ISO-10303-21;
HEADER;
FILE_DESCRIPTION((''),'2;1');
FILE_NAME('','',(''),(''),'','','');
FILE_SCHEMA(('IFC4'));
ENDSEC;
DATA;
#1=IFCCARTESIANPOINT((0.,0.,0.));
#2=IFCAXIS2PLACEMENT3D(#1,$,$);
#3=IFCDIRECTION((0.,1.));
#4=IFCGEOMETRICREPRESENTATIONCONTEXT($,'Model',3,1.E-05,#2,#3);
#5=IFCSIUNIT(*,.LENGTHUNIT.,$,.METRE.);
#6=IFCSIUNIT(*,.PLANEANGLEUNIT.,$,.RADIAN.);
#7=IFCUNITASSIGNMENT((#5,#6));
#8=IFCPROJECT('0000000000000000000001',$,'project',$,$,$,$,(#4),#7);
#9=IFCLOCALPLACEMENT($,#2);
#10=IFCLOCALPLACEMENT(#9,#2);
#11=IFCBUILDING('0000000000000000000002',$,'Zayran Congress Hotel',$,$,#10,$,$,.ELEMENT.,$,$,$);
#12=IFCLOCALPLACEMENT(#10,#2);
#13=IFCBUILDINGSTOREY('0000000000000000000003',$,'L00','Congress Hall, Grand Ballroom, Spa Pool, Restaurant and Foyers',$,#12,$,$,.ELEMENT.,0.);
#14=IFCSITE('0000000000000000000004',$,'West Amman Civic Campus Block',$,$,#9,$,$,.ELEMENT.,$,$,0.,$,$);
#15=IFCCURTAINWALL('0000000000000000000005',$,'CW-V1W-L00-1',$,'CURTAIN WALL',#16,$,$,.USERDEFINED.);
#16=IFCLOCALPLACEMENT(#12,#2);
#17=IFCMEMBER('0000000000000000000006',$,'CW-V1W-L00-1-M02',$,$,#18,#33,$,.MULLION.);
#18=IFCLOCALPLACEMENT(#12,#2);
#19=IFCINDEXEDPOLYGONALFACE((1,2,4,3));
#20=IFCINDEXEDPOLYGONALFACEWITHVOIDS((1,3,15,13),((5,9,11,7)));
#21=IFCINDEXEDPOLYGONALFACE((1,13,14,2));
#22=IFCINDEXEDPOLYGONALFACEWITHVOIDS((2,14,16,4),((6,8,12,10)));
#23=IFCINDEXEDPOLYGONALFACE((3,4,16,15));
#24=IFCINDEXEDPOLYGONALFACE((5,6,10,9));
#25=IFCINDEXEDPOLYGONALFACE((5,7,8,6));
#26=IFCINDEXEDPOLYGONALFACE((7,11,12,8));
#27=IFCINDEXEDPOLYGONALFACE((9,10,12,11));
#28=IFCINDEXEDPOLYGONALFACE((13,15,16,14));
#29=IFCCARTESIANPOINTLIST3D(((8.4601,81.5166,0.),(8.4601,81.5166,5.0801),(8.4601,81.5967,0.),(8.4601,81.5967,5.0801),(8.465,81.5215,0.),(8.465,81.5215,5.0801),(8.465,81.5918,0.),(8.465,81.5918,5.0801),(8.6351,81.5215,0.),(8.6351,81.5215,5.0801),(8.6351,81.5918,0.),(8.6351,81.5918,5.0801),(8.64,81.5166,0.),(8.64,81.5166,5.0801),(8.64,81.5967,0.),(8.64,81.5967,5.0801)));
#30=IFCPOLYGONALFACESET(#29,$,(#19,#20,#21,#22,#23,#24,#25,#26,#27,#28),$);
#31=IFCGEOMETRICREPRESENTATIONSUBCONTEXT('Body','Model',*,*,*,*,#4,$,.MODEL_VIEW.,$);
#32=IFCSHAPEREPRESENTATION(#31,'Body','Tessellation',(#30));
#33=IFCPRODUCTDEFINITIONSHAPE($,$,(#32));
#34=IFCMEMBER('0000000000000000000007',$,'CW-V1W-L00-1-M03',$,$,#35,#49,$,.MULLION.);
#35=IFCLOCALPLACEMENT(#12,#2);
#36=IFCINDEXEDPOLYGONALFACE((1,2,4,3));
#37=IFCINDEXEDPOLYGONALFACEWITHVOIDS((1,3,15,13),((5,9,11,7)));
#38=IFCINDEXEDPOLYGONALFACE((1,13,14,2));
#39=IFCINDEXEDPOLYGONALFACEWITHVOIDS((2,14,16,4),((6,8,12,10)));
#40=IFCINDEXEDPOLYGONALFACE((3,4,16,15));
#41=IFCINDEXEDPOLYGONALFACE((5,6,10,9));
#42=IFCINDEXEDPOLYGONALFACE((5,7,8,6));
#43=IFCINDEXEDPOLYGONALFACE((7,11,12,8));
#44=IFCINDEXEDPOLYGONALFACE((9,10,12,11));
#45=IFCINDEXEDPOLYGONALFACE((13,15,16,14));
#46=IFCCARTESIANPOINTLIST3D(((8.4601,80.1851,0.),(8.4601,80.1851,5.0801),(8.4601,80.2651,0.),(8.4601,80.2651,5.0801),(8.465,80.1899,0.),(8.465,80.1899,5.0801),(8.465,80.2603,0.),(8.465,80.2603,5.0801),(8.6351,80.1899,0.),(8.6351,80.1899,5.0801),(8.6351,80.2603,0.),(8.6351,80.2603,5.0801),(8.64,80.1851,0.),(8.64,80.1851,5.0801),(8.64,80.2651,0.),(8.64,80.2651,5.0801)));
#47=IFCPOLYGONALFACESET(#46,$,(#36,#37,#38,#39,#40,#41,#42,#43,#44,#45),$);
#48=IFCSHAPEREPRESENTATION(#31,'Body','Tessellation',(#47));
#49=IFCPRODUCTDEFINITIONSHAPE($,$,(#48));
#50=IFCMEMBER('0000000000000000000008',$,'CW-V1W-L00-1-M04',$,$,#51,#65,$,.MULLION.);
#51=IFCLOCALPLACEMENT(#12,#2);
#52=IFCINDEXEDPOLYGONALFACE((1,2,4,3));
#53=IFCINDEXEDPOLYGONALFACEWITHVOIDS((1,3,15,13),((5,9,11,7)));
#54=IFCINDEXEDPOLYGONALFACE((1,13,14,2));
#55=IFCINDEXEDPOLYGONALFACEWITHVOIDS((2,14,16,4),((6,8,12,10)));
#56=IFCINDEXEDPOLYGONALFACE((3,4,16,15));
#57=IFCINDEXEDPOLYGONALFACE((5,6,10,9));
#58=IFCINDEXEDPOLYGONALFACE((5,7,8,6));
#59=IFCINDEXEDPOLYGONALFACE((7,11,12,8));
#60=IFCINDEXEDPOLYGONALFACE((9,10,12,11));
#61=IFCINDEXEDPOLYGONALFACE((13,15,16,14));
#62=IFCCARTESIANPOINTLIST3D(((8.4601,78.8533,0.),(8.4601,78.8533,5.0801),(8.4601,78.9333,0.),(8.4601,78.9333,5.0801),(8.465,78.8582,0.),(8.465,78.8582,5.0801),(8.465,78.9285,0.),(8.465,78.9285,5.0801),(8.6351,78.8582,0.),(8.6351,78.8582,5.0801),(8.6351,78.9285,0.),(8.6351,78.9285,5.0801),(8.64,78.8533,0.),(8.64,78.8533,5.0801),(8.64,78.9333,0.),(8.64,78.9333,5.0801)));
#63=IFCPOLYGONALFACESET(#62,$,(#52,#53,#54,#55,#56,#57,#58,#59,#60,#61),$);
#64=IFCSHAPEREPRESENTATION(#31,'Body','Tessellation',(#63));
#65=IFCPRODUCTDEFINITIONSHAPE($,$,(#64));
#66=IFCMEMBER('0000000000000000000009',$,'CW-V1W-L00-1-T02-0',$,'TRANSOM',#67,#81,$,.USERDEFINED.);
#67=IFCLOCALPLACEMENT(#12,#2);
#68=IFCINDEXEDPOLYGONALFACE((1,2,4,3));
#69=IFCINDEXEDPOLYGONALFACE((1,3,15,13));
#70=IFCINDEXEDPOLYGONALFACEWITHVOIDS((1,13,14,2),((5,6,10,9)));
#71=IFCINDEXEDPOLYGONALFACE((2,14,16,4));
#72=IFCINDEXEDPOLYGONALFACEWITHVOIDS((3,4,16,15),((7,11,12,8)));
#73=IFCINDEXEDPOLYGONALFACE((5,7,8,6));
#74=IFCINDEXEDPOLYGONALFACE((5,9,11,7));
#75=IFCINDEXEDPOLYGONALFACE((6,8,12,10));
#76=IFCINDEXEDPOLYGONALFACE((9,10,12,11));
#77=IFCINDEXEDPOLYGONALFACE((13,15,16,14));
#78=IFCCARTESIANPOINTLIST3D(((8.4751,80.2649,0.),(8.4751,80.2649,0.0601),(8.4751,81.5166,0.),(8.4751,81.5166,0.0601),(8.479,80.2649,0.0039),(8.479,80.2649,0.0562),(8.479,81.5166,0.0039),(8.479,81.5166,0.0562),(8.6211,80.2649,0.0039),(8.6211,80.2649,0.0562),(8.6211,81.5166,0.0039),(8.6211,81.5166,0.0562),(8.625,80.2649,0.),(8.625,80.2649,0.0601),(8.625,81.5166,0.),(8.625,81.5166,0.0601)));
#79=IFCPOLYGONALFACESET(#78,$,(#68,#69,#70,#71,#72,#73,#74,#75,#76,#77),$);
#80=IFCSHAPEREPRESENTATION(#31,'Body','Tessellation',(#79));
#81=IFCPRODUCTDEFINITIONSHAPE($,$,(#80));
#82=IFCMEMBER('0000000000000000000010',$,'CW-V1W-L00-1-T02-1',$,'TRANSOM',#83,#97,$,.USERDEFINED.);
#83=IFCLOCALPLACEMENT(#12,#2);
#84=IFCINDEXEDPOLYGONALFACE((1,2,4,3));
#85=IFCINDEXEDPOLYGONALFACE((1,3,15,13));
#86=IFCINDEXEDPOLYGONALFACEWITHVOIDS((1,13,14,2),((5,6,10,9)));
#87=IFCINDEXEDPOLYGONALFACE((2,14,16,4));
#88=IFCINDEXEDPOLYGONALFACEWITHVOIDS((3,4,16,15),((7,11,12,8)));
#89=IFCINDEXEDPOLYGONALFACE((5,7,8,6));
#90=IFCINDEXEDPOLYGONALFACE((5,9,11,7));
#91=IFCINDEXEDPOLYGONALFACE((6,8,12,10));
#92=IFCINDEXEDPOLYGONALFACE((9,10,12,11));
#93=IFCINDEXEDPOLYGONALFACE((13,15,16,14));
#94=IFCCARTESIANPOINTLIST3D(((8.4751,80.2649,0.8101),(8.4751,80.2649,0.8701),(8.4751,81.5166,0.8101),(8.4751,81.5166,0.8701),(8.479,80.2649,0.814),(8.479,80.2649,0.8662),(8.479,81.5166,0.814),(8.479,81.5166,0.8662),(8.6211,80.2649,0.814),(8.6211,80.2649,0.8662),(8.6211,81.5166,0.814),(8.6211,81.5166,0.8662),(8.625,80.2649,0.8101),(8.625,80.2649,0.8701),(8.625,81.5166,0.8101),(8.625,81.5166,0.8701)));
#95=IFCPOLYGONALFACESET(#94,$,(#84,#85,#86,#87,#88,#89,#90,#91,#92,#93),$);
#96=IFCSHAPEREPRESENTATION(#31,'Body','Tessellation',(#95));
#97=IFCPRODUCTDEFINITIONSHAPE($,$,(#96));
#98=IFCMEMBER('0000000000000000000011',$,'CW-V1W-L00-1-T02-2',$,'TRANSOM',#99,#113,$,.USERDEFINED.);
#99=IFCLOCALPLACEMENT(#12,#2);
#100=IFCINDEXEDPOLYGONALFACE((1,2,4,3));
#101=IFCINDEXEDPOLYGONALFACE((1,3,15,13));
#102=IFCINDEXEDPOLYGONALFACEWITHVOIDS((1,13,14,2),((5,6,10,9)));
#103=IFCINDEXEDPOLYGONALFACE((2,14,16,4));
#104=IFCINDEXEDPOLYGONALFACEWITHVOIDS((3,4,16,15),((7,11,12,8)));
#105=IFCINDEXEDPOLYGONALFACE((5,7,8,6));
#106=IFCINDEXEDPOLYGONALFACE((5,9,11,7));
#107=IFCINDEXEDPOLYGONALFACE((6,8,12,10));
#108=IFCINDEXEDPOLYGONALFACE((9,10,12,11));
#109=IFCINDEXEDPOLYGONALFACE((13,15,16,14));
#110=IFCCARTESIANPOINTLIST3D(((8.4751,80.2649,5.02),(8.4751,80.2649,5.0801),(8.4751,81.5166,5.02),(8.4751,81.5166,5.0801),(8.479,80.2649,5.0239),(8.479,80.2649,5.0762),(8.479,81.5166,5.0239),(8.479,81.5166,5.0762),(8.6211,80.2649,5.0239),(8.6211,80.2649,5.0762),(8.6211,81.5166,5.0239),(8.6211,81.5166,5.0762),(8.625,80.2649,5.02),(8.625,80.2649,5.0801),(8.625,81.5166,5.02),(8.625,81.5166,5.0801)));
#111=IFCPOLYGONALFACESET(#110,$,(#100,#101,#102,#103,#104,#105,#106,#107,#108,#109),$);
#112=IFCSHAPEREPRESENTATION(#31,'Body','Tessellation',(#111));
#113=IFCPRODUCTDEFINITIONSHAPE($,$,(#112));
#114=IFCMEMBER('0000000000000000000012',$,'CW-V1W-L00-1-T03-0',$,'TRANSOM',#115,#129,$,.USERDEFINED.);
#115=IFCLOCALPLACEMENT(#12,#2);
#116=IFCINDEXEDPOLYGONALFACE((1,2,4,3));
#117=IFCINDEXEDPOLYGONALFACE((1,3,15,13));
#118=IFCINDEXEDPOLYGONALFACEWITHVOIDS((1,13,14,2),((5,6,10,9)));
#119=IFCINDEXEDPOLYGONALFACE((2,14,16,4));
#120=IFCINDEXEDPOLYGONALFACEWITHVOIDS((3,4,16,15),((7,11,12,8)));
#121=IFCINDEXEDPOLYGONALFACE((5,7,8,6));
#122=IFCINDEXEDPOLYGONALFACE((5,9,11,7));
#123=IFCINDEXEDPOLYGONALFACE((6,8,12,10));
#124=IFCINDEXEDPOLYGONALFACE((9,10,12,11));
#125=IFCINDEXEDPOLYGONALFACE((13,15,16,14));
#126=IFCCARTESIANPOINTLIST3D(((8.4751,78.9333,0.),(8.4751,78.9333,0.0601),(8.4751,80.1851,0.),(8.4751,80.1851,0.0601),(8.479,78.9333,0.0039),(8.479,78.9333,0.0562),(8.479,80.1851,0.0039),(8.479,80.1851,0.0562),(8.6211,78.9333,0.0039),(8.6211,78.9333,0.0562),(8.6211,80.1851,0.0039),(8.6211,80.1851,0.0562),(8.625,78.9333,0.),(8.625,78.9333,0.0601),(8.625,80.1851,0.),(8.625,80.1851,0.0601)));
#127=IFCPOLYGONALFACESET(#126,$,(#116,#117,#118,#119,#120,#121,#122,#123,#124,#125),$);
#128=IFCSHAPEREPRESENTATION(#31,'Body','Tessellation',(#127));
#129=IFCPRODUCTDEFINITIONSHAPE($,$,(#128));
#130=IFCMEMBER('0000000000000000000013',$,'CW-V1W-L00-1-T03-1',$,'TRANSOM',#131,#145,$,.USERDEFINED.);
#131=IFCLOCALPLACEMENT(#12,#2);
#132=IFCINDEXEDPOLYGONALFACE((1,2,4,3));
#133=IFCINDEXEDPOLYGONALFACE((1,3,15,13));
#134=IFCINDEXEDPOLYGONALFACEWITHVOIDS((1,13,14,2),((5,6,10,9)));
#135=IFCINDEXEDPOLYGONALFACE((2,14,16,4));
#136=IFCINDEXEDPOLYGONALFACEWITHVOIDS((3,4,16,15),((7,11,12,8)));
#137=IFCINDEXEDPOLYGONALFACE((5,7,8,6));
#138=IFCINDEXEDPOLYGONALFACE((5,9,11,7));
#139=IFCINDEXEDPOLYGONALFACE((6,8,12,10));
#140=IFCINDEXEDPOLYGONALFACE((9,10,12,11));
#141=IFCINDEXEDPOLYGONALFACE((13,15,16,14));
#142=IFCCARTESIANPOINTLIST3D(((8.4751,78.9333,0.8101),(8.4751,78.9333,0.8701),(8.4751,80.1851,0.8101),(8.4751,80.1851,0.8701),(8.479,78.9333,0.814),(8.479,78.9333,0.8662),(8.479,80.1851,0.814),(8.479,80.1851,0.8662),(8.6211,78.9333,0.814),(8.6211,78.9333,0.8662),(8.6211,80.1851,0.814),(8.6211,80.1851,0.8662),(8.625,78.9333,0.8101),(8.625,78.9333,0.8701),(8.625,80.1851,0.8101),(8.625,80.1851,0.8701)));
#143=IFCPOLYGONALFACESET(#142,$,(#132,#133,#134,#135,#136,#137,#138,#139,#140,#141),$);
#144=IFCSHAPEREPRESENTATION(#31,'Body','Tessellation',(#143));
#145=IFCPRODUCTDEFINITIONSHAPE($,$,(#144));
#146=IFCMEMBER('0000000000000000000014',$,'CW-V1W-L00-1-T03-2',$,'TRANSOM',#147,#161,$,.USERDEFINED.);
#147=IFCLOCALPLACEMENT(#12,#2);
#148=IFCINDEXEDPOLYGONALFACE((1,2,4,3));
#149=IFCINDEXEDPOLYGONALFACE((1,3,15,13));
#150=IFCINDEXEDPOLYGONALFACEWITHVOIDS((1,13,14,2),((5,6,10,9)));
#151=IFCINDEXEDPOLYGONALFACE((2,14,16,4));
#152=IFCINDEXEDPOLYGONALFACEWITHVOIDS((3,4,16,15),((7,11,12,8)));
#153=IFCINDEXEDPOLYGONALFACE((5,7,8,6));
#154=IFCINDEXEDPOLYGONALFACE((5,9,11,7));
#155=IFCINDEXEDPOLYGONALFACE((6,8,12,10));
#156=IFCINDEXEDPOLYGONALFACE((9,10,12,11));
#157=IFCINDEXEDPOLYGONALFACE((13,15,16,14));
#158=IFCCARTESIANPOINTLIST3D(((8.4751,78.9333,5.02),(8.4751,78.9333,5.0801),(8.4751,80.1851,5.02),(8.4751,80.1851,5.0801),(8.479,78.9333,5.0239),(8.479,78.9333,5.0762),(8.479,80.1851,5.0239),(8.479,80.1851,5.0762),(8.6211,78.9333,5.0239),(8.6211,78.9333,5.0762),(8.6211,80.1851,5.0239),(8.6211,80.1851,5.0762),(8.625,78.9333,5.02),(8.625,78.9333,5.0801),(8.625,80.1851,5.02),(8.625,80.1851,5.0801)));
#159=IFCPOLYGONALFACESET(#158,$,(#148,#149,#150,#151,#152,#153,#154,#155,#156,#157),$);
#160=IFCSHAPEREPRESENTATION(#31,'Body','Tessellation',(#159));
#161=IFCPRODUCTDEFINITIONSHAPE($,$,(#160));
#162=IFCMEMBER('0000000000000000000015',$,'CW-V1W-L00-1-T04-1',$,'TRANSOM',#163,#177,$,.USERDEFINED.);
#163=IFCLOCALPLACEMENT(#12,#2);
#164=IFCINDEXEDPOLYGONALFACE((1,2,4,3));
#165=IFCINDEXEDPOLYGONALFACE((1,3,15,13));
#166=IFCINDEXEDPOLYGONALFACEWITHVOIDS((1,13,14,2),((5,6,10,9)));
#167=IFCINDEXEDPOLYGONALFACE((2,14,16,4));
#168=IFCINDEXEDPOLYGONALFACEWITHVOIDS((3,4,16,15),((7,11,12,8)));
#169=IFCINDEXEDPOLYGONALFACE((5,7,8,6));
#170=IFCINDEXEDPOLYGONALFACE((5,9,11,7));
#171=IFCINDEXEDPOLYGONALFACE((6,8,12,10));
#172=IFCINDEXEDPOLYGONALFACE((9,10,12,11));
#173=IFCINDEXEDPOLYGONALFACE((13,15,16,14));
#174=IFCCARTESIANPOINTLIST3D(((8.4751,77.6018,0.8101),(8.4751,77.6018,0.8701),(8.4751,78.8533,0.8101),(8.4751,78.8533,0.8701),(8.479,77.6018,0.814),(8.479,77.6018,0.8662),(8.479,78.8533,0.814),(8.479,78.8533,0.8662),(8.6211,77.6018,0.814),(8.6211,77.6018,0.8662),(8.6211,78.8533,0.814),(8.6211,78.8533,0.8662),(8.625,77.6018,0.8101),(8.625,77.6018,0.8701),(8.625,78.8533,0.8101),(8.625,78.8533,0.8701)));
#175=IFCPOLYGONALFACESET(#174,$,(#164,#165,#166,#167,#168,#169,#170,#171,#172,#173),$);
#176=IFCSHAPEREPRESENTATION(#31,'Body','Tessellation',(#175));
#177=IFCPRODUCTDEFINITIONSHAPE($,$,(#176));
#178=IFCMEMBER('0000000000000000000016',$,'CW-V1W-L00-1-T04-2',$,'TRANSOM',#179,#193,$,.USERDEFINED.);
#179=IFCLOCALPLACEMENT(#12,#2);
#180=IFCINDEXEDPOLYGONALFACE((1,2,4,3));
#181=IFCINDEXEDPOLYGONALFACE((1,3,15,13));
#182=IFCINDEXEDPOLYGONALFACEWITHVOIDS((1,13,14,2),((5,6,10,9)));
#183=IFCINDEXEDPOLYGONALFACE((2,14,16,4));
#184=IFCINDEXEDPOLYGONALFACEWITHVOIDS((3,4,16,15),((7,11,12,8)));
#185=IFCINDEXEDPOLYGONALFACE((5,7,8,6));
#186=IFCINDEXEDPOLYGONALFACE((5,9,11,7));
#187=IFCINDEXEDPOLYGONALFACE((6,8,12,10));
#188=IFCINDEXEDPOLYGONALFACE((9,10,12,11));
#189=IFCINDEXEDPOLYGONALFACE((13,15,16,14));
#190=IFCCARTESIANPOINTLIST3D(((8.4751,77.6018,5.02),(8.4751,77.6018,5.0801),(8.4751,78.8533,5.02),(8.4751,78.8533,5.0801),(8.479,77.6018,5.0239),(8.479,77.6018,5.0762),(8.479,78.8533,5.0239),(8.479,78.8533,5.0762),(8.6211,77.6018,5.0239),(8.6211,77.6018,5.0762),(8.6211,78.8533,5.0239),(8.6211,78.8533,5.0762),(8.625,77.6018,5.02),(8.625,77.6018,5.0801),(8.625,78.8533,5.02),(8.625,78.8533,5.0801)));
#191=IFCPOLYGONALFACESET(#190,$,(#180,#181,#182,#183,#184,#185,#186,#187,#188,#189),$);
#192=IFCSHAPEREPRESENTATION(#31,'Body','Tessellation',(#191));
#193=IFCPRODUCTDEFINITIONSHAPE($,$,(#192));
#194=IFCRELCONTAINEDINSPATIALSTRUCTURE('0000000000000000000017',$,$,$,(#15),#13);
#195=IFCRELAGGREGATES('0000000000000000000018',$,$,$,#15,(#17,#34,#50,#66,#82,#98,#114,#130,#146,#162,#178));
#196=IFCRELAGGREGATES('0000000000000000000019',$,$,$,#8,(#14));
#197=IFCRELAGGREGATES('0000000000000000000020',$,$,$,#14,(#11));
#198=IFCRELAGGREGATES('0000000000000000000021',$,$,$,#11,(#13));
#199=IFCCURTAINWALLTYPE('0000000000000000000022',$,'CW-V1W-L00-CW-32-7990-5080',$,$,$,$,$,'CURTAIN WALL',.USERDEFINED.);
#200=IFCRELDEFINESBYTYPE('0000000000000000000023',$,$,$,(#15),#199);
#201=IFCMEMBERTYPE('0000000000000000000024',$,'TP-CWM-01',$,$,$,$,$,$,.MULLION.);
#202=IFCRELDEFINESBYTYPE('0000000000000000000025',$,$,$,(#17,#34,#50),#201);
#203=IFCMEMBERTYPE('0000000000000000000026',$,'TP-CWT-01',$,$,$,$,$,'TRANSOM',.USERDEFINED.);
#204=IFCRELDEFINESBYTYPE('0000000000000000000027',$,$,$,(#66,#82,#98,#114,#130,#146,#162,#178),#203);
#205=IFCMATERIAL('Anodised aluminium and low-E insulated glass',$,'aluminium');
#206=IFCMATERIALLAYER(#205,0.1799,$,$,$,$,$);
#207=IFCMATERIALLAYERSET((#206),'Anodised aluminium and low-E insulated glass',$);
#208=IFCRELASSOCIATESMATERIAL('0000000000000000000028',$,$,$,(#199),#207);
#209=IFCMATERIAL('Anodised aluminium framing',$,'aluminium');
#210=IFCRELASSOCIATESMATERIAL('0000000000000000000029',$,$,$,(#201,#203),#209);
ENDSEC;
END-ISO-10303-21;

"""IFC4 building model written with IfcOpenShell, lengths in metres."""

from ifc_helpers import new_model, si_unit, direction, frame, origin, origin_2d, place, context, subcontext, project, spatial, hollow_rectangle, extrude, material, layer, layer_set, material_profile, profile_set, type_object, element, aggregate, save


model = new_model("IFC4")

# Units and contexts
model_context = context("Model", 3, precision=1e-05, world=origin(), true_north=direction((0.0, 1.0)))
body_context = subcontext(model_context, "Body", "Model", "MODEL_VIEW")
ifc_project = project(units=[si_unit("LENGTHUNIT", "METRE"), si_unit("PLANEANGLEUNIT", "RADIAN")], contexts=[model_context])

# Site, building, storey
site_placement = place(None, origin())
site = spatial("IfcSite", under=ifc_project, at=site_placement, Name="West Amman Civic Campus Block", CompositionType="ELEMENT", RefElevation=0.0)
building_placement = place(site_placement, origin())
building = spatial("IfcBuilding", under=site, at=building_placement, Name="Zayran Congress Hotel", CompositionType="ELEMENT")
storey_placement = place(building_placement, origin())
storey = spatial("IfcBuildingStorey", under=building, at=storey_placement, Name="L00", Description="Congress Hall, Grand Ballroom, Spa Pool, Restaurant and Foyers", CompositionType="ELEMENT", Elevation=0.0)

# Curtain wall, members
ifc_material_1 = material(Name="Anodised aluminium and low-E insulated glass", Category="aluminium")
ifc_layer_1 = layer(ifc_material_1, 0.1799)
ifc_layer_set_1 = layer_set([ifc_layer_1], Name="Anodised aluminium and low-E insulated glass")
curtain_wall_type = type_object("IfcCurtainWallType", Name="CW-V1W-L00-CW-32-7990-5080", ElementType="CURTAIN WALL", PredefinedType="USERDEFINED", material=ifc_layer_set_1)
curtain_wall_placement = place(storey_placement, origin())
curtain_wall = element("IfcCurtainWall", 1, at=curtain_wall_placement, inside=storey, type_object=curtain_wall_type, Name="CW-V1W-L00-1", ObjectType="CURTAIN WALL", PredefinedType="USERDEFINED")
ifc_material_2 = material(Name="Anodised aluminium framing", Category="aluminium")
ifc_material_profile_1 = material_profile(ifc_material_2, hollow_rectangle(XDim=0.0801, YDim=0.1799, WallThickness=0.0049, at=origin_2d()), Name="RHS 180x80x5")
ifc_profile_set_1 = profile_set([ifc_material_profile_1], Name="Anodised aluminium framing")
member_type_1 = type_object("IfcMemberType", Name="TP-CWM-01", PredefinedType="MULLION", material=ifc_profile_set_1)
member_1_placement = place(storey_placement, frame((8.55, 81.5566, 0.0), z_axis=(0.0, 0.0, 1.0), x_axis=(0.0, 1.0, 0.0)))
member_1 = element("IfcMember", 2, at=member_1_placement, type_object=member_type_1, Name="CW-V1W-L00-1-M02", PredefinedType="MULLION", context=body_context, shape_type="SweptSolid", body=[
    extrude(hollow_rectangle(XDim=0.0801, YDim=0.1799, WallThickness=0.0049, at=origin_2d()), origin(), (0.0, 0.0, 1.0), 5.0801),
])
member_2_placement = place(storey_placement, frame((8.55, 80.2251, 0.0), z_axis=(0.0, 0.0, 1.0), x_axis=(0.0, 1.0, 0.0)))
member_2 = element("IfcMember", 3, at=member_2_placement, type_object=member_type_1, Name="CW-V1W-L00-1-M03", PredefinedType="MULLION", context=body_context, shape_type="SweptSolid", body=[
    extrude(hollow_rectangle(XDim=0.0801, YDim=0.1799, WallThickness=0.0049, at=origin_2d()), origin(), (0.0, 0.0, 1.0), 5.0801),
])
member_3_placement = place(storey_placement, frame((8.55, 78.8933, 0.0), z_axis=(0.0, 0.0, 1.0), x_axis=(0.0, 1.0, 0.0)))
member_3 = element("IfcMember", 4, at=member_3_placement, type_object=member_type_1, Name="CW-V1W-L00-1-M04", PredefinedType="MULLION", context=body_context, shape_type="SweptSolid", body=[
    extrude(hollow_rectangle(XDim=0.0801, YDim=0.1799, WallThickness=0.0049, at=origin_2d()), origin(), (0.0, 0.0, 1.0), 5.0801),
])
ifc_material_profile_2 = material_profile(ifc_material_2, hollow_rectangle(XDim=0.0601, YDim=0.1499, WallThickness=0.0039, at=origin_2d()), Name="RHS 150x60x4")
ifc_profile_set_2 = profile_set([ifc_material_profile_2], Name="Anodised aluminium framing")
member_type_2 = type_object("IfcMemberType", Name="TP-CWT-01", ElementType="TRANSOM", PredefinedType="USERDEFINED", material=ifc_profile_set_2)
member_4_placement = place(storey_placement, frame((8.55, 81.5166, 0.03), z_axis=(0.0, -1.0, 0.0), x_axis=(0.0, 0.0, 1.0)))
member_4 = element("IfcMember", 5, at=member_4_placement, type_object=member_type_2, Name="CW-V1W-L00-1-T02-0", ObjectType="TRANSOM", PredefinedType="USERDEFINED", context=body_context, shape_type="SweptSolid", body=[
    extrude(hollow_rectangle(XDim=0.0601, YDim=0.1499, WallThickness=0.0039, at=origin_2d()), origin(), (0.0, 0.0, 1.0), 1.2517),
])
member_5_placement = place(storey_placement, frame((8.55, 81.5166, 0.8401), z_axis=(0.0, -1.0, 0.0), x_axis=(0.0, 0.0, 1.0)))
member_5 = element("IfcMember", 6, at=member_5_placement, type_object=member_type_2, Name="CW-V1W-L00-1-T02-1", ObjectType="TRANSOM", PredefinedType="USERDEFINED", context=body_context, shape_type="SweptSolid", body=[
    extrude(hollow_rectangle(XDim=0.0601, YDim=0.1499, WallThickness=0.0039, at=origin_2d()), origin(), (0.0, 0.0, 1.0), 1.2517),
])
member_6_placement = place(storey_placement, frame((8.55, 81.5166, 5.05), z_axis=(0.0, -1.0, 0.0), x_axis=(0.0, 0.0, 1.0)))
member_6 = element("IfcMember", 7, at=member_6_placement, type_object=member_type_2, Name="CW-V1W-L00-1-T02-2", ObjectType="TRANSOM", PredefinedType="USERDEFINED", context=body_context, shape_type="SweptSolid", body=[
    extrude(hollow_rectangle(XDim=0.0601, YDim=0.1499, WallThickness=0.0039, at=origin_2d()), origin(), (0.0, 0.0, 1.0), 1.2517),
])
member_7_placement = place(storey_placement, frame((8.55, 80.1851, 0.03), z_axis=(0.0, -1.0, 0.0), x_axis=(0.0, 0.0, 1.0)))
member_7 = element("IfcMember", 8, at=member_7_placement, type_object=member_type_2, Name="CW-V1W-L00-1-T03-0", ObjectType="TRANSOM", PredefinedType="USERDEFINED", context=body_context, shape_type="SweptSolid", body=[
    extrude(hollow_rectangle(XDim=0.0601, YDim=0.1499, WallThickness=0.0039, at=origin_2d()), origin(), (0.0, 0.0, 1.0), 1.2517),
])
member_8_placement = place(storey_placement, frame((8.55, 80.1851, 0.8401), z_axis=(0.0, -1.0, 0.0), x_axis=(0.0, 0.0, 1.0)))
member_8 = element("IfcMember", 9, at=member_8_placement, type_object=member_type_2, Name="CW-V1W-L00-1-T03-1", ObjectType="TRANSOM", PredefinedType="USERDEFINED", context=body_context, shape_type="SweptSolid", body=[
    extrude(hollow_rectangle(XDim=0.0601, YDim=0.1499, WallThickness=0.0039, at=origin_2d()), origin(), (0.0, 0.0, 1.0), 1.2517),
])
member_9_placement = place(storey_placement, frame((8.55, 80.1851, 5.05), z_axis=(0.0, -1.0, 0.0), x_axis=(0.0, 0.0, 1.0)))
member_9 = element("IfcMember", 10, at=member_9_placement, type_object=member_type_2, Name="CW-V1W-L00-1-T03-2", ObjectType="TRANSOM", PredefinedType="USERDEFINED", context=body_context, shape_type="SweptSolid", body=[
    extrude(hollow_rectangle(XDim=0.0601, YDim=0.1499, WallThickness=0.0039, at=origin_2d()), origin(), (0.0, 0.0, 1.0), 1.2517),
])
member_10_placement = place(storey_placement, frame((8.55, 78.8533, 0.8401), z_axis=(0.0, -1.0, 0.0), x_axis=(0.0, 0.0, 1.0)))
member_10 = element("IfcMember", 11, at=member_10_placement, type_object=member_type_2, Name="CW-V1W-L00-1-T04-1", ObjectType="TRANSOM", PredefinedType="USERDEFINED", context=body_context, shape_type="SweptSolid", body=[
    extrude(hollow_rectangle(XDim=0.0601, YDim=0.1499, WallThickness=0.0039, at=origin_2d()), origin(), (0.0, 0.0, 1.0), 1.2515),
])
member_11_placement = place(storey_placement, frame((8.55, 78.8533, 5.05), z_axis=(0.0, -1.0, 0.0), x_axis=(0.0, 0.0, 1.0)))
member_11 = element("IfcMember", 12, at=member_11_placement, type_object=member_type_2, Name="CW-V1W-L00-1-T04-2", ObjectType="TRANSOM", PredefinedType="USERDEFINED", context=body_context, shape_type="SweptSolid", body=[
    extrude(hollow_rectangle(XDim=0.0601, YDim=0.1499, WallThickness=0.0039, at=origin_2d()), origin(), (0.0, 0.0, 1.0), 1.2515),
])
aggregate(curtain_wall, [member_1, member_2, member_3, member_4, member_5, member_6, member_7, member_8, member_9, member_10, member_11])

save(model, "model.ifc")
